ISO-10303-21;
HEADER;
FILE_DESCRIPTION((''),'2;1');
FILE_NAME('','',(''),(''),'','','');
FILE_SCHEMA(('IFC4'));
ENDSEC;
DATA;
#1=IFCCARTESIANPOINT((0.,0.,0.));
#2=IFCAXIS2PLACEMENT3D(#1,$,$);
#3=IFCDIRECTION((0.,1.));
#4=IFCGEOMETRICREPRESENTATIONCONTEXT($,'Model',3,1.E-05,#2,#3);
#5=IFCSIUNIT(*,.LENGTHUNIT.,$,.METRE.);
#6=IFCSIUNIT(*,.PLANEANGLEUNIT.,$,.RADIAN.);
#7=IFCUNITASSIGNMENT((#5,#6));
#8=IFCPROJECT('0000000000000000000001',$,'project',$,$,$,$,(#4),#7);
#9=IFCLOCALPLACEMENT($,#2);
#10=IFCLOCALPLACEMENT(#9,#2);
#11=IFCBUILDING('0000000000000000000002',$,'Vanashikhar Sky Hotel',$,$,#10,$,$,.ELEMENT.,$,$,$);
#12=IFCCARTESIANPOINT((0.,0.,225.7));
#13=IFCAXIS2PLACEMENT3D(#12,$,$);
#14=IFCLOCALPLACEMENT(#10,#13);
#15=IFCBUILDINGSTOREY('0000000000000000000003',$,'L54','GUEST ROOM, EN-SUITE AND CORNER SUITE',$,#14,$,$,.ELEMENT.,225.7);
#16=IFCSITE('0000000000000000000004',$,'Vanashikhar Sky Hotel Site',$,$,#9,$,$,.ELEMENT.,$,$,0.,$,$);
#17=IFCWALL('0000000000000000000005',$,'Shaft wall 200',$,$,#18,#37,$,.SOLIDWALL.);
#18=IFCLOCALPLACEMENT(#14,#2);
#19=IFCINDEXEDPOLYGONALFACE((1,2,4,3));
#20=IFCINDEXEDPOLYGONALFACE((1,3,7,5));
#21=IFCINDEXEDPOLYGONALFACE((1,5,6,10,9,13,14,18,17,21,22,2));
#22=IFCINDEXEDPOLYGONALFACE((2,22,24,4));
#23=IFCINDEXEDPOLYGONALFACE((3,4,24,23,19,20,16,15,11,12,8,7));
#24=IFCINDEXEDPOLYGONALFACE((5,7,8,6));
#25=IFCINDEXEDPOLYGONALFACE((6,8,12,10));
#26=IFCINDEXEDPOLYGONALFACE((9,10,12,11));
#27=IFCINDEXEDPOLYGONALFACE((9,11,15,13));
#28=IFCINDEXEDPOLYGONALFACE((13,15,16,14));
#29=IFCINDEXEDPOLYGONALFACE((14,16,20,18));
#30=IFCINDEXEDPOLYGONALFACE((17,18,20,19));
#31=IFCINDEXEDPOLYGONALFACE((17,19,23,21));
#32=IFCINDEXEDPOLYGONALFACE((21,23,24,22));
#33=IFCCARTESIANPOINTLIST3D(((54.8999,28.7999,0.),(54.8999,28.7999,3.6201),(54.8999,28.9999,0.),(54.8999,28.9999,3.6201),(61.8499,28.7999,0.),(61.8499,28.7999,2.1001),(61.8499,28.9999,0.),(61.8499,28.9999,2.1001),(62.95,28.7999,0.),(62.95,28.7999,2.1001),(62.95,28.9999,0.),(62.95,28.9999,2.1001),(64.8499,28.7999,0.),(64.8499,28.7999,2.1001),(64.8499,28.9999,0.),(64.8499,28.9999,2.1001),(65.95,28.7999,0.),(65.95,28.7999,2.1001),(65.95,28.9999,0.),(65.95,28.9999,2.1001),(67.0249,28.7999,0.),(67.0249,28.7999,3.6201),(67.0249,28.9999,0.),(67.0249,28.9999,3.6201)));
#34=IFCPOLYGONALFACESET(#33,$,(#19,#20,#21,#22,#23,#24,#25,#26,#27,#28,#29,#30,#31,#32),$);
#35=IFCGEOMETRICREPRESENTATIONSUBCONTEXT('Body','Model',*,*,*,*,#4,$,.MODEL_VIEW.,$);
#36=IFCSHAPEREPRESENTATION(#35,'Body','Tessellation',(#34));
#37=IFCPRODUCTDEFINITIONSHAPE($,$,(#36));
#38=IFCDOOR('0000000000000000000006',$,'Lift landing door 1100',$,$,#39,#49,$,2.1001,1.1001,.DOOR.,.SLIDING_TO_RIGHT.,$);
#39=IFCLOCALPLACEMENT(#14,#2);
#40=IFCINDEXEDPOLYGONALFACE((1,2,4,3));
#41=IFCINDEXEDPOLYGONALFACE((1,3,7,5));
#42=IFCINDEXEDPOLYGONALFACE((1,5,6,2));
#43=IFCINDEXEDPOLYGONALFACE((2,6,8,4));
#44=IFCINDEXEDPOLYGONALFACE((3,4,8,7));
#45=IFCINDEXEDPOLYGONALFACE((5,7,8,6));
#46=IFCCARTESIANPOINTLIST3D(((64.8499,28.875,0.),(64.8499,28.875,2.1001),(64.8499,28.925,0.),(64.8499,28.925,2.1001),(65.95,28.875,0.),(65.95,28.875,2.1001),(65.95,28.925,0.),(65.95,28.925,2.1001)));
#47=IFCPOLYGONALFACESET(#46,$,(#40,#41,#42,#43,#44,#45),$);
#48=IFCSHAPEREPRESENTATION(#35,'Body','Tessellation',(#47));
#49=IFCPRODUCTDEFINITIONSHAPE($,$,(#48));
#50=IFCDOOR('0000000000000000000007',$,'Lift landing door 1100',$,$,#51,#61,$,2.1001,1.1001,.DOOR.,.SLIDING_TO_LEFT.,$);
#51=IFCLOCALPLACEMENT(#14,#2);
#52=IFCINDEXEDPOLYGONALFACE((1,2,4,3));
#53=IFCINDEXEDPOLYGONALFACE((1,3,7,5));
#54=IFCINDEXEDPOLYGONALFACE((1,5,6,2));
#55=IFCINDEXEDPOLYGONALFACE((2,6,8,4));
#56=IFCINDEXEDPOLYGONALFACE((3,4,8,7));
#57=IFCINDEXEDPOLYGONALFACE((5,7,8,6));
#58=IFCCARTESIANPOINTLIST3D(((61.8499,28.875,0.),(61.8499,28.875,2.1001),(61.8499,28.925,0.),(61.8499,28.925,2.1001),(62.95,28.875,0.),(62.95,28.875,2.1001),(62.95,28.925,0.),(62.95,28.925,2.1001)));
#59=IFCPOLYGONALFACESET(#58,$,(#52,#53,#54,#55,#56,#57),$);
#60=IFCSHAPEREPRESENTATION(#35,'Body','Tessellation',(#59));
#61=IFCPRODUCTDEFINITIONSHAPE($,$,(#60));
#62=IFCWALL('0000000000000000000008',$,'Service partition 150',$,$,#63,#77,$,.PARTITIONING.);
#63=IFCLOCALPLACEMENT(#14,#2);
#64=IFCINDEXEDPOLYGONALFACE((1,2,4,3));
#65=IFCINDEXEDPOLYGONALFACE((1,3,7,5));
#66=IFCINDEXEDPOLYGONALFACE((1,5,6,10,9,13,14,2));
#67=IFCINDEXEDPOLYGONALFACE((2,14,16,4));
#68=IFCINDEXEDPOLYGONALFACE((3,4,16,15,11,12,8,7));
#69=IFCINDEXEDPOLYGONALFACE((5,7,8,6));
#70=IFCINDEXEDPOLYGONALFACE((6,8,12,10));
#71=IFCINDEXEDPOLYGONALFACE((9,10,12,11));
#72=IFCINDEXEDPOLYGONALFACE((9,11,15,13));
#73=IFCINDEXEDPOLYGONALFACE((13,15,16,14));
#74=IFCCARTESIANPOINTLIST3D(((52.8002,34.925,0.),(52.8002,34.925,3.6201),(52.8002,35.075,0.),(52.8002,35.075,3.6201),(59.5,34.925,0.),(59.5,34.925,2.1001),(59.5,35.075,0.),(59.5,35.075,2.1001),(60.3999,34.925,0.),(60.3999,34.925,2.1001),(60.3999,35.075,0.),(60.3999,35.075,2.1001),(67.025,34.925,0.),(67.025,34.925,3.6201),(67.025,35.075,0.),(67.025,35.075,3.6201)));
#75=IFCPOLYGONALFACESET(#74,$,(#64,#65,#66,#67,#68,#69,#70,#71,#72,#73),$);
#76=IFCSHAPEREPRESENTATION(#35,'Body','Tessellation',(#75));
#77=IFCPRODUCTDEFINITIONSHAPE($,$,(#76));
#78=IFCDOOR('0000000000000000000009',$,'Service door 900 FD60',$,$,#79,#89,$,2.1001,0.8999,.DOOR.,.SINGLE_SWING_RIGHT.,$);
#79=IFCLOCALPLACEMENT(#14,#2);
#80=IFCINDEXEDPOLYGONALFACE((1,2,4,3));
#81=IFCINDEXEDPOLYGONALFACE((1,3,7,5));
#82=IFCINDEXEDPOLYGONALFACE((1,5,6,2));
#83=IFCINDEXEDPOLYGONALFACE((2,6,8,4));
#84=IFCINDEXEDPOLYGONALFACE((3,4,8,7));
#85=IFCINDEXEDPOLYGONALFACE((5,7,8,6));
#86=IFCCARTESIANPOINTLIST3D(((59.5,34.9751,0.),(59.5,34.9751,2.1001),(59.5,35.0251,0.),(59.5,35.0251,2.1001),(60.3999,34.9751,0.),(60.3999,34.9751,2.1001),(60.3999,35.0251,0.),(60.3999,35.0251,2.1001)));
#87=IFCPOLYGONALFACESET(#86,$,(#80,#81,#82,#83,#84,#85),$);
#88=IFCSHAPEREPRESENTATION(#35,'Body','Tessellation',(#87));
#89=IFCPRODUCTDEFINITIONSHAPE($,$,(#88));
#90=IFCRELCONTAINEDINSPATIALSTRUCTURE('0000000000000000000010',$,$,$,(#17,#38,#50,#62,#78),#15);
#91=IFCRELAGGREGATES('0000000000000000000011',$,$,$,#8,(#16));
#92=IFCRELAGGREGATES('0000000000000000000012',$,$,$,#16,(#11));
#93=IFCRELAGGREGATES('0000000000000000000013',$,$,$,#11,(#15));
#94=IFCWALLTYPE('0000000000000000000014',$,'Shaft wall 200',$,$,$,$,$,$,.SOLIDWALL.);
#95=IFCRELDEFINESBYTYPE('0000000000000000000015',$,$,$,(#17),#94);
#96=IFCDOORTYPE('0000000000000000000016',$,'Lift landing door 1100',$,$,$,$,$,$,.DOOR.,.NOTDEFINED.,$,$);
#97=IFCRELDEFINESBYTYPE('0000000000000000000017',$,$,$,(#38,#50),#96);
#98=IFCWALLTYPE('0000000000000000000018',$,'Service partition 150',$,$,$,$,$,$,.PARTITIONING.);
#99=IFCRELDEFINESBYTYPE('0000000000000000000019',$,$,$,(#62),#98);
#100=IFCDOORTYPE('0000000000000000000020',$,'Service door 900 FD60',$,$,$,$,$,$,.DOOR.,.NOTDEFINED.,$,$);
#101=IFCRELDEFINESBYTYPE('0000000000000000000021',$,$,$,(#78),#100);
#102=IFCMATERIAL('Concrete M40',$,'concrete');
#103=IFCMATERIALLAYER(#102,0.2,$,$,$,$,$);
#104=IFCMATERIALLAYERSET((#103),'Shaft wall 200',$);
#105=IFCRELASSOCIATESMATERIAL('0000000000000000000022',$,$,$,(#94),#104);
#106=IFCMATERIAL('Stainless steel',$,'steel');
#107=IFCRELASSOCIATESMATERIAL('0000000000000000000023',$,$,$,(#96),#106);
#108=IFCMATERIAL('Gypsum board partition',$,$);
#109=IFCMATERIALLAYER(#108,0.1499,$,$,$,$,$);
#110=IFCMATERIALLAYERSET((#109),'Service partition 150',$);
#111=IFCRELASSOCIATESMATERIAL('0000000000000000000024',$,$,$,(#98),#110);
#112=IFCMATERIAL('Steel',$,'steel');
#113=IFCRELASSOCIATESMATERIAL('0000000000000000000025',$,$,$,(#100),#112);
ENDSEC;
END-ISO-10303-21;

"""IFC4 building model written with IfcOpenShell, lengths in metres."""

from ifc_helpers import new_model, si_unit, direction, frame, frame_2d, origin, place, context, subcontext, project, spatial, rectangle, extrude, source, transform, mapped, material, layer, layer_set, type_object, element, fill, save


model = new_model("IFC4")

# Units and contexts
model_context = context("Model", 3, precision=1e-05, world=origin(), true_north=direction((0.0, 1.0)))
body_context = subcontext(model_context, "Body", "Model", "MODEL_VIEW")
ifc_project = project(units=[si_unit("LENGTHUNIT", "METRE"), si_unit("PLANEANGLEUNIT", "RADIAN")], contexts=[model_context])

# Site, building, storey
site_placement = place(None, origin())
site = spatial("IfcSite", under=ifc_project, at=site_placement, Name="Vanashikhar Sky Hotel Site", CompositionType="ELEMENT", RefElevation=0.0)
building_placement = place(site_placement, origin())
building = spatial("IfcBuilding", under=site, at=building_placement, Name="Vanashikhar Sky Hotel", CompositionType="ELEMENT")
storey_placement = place(building_placement, frame((0.0, 0.0, 225.7)))
storey = spatial("IfcBuildingStorey", under=building, at=storey_placement, Name="L54", Description="GUEST ROOM, EN-SUITE AND CORNER SUITE", CompositionType="ELEMENT", Elevation=225.7)

# Shared definitions
ifc_material_1 = material(Name="Concrete M40", Category="concrete")
ifc_layer_1 = layer(ifc_material_1, 0.2)
ifc_layer_set_1 = layer_set([ifc_layer_1], Name="Shaft wall 200")
wall_type_1 = type_object("IfcWallType", Name="Shaft wall 200", PredefinedType="SOLIDWALL", material=ifc_layer_set_1)
shared_shape_1 = source(origin(), body_context, "Body", "SweptSolid", [
    extrude(rectangle(XDim=1.1001, YDim=2.1001, at=frame_2d((0.55, 1.05))), frame((0.0, 0.1099, 0.0), z_axis=(0.0, -1.0, 0.0), x_axis=(1.0, 0.0, 0.0)), (0.0, 0.0, 1.0), 0.22),
])
ifc_material_2 = material(Name="Stainless steel", Category="steel")
door_type_1 = type_object("IfcDoorType", Name="Lift landing door 1100", OperationType="NOTDEFINED", PredefinedType="DOOR", material=ifc_material_2)
shared_shape_2 = source(origin(), body_context, "Body", "SweptSolid", [
    extrude(rectangle(XDim=1.1001, YDim=2.1001, at=frame_2d((0.55, 1.05))), frame((0.0, 0.0249, 0.0), z_axis=(0.0, -1.0, 0.0), x_axis=(1.0, 0.0, 0.0)), (0.0, 0.0, 1.0), 0.05),
])

# Shared definitions
ifc_material_3 = material(Name="Gypsum board partition")
ifc_layer_2 = layer(ifc_material_3, 0.1499)
ifc_layer_set_2 = layer_set([ifc_layer_2], Name="Service partition 150")
wall_type_2 = type_object("IfcWallType", Name="Service partition 150", PredefinedType="PARTITIONING", material=ifc_layer_set_2)

# Wall, openings, doors
shared_shape_3 = source(origin(), body_context, "Body", "SweptSolid", [
    extrude(rectangle(XDim=12.125, YDim=0.2, at=frame_2d((6.0625, 0.0))), origin(), (0.0, 0.0, 1.0), 3.6201),
])
wall_1_placement = place(storey_placement, frame((67.0249, 28.8999, 0.0), z_axis=(0.0, 0.0, 1.0), x_axis=(-1.0, 0.0, 0.0)))
wall_1 = element("IfcWall", 1, at=wall_1_placement, inside=storey, type_object=wall_type_1, Name="Shaft wall 200", PredefinedType="SOLIDWALL", context=body_context, shape_type="MappedRepresentation", body=[
    mapped(shared_shape_3, transform((0.0, 0.0, 0.0), scale=1.0)),
])
opening_1_placement = place(wall_1_placement, frame((1.075, 0.0, 0.0)))
opening_1 = element("IfcOpeningElement", 2, at=opening_1_placement, cuts=wall_1, PredefinedType="OPENING", context=body_context, shape_type="MappedRepresentation", body=[
    mapped(shared_shape_1, transform((0.0, 0.0, 0.0), scale=1.0)),
])
opening_2_placement = place(wall_1_placement, frame((4.075, 0.0, 0.0)))
opening_2 = element("IfcOpeningElement", 3, at=opening_2_placement, cuts=wall_1, PredefinedType="OPENING", context=body_context, shape_type="MappedRepresentation", body=[
    mapped(shared_shape_1, transform((0.0, 0.0, 0.0), scale=1.0)),
])
door_1_placement = place(opening_1_placement, origin())
door_1 = element("IfcDoor", 4, at=door_1_placement, inside=storey, type_object=door_type_1, Name="Lift landing door 1100", OperationType="SLIDING_TO_RIGHT", OverallHeight=2.1001, OverallWidth=1.1001, PredefinedType="DOOR", context=body_context, shape_type="MappedRepresentation", body=[
    mapped(shared_shape_2, transform((0.0, 0.0, 0.0), scale=1.0)),
])
fill(opening_1, door_1)
door_2_placement = place(opening_2_placement, origin())
door_2 = element("IfcDoor", 5, at=door_2_placement, inside=storey, type_object=door_type_1, Name="Lift landing door 1100", OperationType="SLIDING_TO_LEFT", OverallHeight=2.1001, OverallWidth=1.1001, PredefinedType="DOOR", context=body_context, shape_type="MappedRepresentation", body=[
    mapped(shared_shape_2, transform((0.0, 0.0, 0.0), scale=1.0)),
])
fill(opening_2, door_2)

# Wall, opening, door
shared_shape_4 = source(origin(), body_context, "Body", "SweptSolid", [
    extrude(rectangle(XDim=14.2249, YDim=0.1499, at=frame_2d((7.1123, 0.0))), origin(), (0.0, 0.0, 1.0), 3.6201),
])
wall_2_placement = place(storey_placement, frame((67.0249, 35.0, 0.0), z_axis=(0.0, 0.0, 1.0), x_axis=(-1.0, 0.0, 0.0)))
wall_2 = element("IfcWall", 6, at=wall_2_placement, inside=storey, type_object=wall_type_2, Name="Service partition 150", PredefinedType="PARTITIONING", context=body_context, shape_type="MappedRepresentation", body=[
    mapped(shared_shape_4, transform((0.0, 0.0, 0.0), scale=1.0)),
])
shared_shape_5 = source(origin(), body_context, "Body", "SweptSolid", [
    extrude(rectangle(XDim=0.8999, YDim=2.1001, at=frame_2d((0.45, 1.05))), frame((0.0, 0.085, 0.0), z_axis=(0.0, -1.0, 0.0), x_axis=(1.0, 0.0, 0.0)), (0.0, 0.0, 1.0), 0.1699),
])
opening_3_placement = place(wall_2_placement, frame((6.625, 0.0, 0.0)))
opening_3 = element("IfcOpeningElement", 7, at=opening_3_placement, cuts=wall_2, PredefinedType="OPENING", context=body_context, shape_type="MappedRepresentation", body=[
    mapped(shared_shape_5, transform((0.0, 0.0, 0.0), scale=1.0)),
])
ifc_material_4 = material(Name="Steel", Category="steel")
door_type_2 = type_object("IfcDoorType", Name="Service door 900 FD60", OperationType="NOTDEFINED", PredefinedType="DOOR", material=ifc_material_4)
shared_shape_6 = source(origin(), body_context, "Body", "SweptSolid", [
    extrude(rectangle(XDim=0.8999, YDim=2.1001, at=frame_2d((0.45, 1.05))), frame((0.0, 0.0249, 0.0), z_axis=(0.0, -1.0, 0.0), x_axis=(1.0, 0.0, 0.0)), (0.0, 0.0, 1.0), 0.05),
])
door_3_placement = place(opening_3_placement, origin())
door_3 = element("IfcDoor", 8, at=door_3_placement, inside=storey, type_object=door_type_2, Name="Service door 900 FD60", OperationType="SINGLE_SWING_RIGHT", OverallHeight=2.1001, OverallWidth=0.8999, PredefinedType="DOOR", context=body_context, shape_type="MappedRepresentation", body=[
    mapped(shared_shape_6, transform((0.0, 0.0, 0.0), scale=1.0)),
])
fill(opening_3, door_3)

save(model, "model.ifc")
